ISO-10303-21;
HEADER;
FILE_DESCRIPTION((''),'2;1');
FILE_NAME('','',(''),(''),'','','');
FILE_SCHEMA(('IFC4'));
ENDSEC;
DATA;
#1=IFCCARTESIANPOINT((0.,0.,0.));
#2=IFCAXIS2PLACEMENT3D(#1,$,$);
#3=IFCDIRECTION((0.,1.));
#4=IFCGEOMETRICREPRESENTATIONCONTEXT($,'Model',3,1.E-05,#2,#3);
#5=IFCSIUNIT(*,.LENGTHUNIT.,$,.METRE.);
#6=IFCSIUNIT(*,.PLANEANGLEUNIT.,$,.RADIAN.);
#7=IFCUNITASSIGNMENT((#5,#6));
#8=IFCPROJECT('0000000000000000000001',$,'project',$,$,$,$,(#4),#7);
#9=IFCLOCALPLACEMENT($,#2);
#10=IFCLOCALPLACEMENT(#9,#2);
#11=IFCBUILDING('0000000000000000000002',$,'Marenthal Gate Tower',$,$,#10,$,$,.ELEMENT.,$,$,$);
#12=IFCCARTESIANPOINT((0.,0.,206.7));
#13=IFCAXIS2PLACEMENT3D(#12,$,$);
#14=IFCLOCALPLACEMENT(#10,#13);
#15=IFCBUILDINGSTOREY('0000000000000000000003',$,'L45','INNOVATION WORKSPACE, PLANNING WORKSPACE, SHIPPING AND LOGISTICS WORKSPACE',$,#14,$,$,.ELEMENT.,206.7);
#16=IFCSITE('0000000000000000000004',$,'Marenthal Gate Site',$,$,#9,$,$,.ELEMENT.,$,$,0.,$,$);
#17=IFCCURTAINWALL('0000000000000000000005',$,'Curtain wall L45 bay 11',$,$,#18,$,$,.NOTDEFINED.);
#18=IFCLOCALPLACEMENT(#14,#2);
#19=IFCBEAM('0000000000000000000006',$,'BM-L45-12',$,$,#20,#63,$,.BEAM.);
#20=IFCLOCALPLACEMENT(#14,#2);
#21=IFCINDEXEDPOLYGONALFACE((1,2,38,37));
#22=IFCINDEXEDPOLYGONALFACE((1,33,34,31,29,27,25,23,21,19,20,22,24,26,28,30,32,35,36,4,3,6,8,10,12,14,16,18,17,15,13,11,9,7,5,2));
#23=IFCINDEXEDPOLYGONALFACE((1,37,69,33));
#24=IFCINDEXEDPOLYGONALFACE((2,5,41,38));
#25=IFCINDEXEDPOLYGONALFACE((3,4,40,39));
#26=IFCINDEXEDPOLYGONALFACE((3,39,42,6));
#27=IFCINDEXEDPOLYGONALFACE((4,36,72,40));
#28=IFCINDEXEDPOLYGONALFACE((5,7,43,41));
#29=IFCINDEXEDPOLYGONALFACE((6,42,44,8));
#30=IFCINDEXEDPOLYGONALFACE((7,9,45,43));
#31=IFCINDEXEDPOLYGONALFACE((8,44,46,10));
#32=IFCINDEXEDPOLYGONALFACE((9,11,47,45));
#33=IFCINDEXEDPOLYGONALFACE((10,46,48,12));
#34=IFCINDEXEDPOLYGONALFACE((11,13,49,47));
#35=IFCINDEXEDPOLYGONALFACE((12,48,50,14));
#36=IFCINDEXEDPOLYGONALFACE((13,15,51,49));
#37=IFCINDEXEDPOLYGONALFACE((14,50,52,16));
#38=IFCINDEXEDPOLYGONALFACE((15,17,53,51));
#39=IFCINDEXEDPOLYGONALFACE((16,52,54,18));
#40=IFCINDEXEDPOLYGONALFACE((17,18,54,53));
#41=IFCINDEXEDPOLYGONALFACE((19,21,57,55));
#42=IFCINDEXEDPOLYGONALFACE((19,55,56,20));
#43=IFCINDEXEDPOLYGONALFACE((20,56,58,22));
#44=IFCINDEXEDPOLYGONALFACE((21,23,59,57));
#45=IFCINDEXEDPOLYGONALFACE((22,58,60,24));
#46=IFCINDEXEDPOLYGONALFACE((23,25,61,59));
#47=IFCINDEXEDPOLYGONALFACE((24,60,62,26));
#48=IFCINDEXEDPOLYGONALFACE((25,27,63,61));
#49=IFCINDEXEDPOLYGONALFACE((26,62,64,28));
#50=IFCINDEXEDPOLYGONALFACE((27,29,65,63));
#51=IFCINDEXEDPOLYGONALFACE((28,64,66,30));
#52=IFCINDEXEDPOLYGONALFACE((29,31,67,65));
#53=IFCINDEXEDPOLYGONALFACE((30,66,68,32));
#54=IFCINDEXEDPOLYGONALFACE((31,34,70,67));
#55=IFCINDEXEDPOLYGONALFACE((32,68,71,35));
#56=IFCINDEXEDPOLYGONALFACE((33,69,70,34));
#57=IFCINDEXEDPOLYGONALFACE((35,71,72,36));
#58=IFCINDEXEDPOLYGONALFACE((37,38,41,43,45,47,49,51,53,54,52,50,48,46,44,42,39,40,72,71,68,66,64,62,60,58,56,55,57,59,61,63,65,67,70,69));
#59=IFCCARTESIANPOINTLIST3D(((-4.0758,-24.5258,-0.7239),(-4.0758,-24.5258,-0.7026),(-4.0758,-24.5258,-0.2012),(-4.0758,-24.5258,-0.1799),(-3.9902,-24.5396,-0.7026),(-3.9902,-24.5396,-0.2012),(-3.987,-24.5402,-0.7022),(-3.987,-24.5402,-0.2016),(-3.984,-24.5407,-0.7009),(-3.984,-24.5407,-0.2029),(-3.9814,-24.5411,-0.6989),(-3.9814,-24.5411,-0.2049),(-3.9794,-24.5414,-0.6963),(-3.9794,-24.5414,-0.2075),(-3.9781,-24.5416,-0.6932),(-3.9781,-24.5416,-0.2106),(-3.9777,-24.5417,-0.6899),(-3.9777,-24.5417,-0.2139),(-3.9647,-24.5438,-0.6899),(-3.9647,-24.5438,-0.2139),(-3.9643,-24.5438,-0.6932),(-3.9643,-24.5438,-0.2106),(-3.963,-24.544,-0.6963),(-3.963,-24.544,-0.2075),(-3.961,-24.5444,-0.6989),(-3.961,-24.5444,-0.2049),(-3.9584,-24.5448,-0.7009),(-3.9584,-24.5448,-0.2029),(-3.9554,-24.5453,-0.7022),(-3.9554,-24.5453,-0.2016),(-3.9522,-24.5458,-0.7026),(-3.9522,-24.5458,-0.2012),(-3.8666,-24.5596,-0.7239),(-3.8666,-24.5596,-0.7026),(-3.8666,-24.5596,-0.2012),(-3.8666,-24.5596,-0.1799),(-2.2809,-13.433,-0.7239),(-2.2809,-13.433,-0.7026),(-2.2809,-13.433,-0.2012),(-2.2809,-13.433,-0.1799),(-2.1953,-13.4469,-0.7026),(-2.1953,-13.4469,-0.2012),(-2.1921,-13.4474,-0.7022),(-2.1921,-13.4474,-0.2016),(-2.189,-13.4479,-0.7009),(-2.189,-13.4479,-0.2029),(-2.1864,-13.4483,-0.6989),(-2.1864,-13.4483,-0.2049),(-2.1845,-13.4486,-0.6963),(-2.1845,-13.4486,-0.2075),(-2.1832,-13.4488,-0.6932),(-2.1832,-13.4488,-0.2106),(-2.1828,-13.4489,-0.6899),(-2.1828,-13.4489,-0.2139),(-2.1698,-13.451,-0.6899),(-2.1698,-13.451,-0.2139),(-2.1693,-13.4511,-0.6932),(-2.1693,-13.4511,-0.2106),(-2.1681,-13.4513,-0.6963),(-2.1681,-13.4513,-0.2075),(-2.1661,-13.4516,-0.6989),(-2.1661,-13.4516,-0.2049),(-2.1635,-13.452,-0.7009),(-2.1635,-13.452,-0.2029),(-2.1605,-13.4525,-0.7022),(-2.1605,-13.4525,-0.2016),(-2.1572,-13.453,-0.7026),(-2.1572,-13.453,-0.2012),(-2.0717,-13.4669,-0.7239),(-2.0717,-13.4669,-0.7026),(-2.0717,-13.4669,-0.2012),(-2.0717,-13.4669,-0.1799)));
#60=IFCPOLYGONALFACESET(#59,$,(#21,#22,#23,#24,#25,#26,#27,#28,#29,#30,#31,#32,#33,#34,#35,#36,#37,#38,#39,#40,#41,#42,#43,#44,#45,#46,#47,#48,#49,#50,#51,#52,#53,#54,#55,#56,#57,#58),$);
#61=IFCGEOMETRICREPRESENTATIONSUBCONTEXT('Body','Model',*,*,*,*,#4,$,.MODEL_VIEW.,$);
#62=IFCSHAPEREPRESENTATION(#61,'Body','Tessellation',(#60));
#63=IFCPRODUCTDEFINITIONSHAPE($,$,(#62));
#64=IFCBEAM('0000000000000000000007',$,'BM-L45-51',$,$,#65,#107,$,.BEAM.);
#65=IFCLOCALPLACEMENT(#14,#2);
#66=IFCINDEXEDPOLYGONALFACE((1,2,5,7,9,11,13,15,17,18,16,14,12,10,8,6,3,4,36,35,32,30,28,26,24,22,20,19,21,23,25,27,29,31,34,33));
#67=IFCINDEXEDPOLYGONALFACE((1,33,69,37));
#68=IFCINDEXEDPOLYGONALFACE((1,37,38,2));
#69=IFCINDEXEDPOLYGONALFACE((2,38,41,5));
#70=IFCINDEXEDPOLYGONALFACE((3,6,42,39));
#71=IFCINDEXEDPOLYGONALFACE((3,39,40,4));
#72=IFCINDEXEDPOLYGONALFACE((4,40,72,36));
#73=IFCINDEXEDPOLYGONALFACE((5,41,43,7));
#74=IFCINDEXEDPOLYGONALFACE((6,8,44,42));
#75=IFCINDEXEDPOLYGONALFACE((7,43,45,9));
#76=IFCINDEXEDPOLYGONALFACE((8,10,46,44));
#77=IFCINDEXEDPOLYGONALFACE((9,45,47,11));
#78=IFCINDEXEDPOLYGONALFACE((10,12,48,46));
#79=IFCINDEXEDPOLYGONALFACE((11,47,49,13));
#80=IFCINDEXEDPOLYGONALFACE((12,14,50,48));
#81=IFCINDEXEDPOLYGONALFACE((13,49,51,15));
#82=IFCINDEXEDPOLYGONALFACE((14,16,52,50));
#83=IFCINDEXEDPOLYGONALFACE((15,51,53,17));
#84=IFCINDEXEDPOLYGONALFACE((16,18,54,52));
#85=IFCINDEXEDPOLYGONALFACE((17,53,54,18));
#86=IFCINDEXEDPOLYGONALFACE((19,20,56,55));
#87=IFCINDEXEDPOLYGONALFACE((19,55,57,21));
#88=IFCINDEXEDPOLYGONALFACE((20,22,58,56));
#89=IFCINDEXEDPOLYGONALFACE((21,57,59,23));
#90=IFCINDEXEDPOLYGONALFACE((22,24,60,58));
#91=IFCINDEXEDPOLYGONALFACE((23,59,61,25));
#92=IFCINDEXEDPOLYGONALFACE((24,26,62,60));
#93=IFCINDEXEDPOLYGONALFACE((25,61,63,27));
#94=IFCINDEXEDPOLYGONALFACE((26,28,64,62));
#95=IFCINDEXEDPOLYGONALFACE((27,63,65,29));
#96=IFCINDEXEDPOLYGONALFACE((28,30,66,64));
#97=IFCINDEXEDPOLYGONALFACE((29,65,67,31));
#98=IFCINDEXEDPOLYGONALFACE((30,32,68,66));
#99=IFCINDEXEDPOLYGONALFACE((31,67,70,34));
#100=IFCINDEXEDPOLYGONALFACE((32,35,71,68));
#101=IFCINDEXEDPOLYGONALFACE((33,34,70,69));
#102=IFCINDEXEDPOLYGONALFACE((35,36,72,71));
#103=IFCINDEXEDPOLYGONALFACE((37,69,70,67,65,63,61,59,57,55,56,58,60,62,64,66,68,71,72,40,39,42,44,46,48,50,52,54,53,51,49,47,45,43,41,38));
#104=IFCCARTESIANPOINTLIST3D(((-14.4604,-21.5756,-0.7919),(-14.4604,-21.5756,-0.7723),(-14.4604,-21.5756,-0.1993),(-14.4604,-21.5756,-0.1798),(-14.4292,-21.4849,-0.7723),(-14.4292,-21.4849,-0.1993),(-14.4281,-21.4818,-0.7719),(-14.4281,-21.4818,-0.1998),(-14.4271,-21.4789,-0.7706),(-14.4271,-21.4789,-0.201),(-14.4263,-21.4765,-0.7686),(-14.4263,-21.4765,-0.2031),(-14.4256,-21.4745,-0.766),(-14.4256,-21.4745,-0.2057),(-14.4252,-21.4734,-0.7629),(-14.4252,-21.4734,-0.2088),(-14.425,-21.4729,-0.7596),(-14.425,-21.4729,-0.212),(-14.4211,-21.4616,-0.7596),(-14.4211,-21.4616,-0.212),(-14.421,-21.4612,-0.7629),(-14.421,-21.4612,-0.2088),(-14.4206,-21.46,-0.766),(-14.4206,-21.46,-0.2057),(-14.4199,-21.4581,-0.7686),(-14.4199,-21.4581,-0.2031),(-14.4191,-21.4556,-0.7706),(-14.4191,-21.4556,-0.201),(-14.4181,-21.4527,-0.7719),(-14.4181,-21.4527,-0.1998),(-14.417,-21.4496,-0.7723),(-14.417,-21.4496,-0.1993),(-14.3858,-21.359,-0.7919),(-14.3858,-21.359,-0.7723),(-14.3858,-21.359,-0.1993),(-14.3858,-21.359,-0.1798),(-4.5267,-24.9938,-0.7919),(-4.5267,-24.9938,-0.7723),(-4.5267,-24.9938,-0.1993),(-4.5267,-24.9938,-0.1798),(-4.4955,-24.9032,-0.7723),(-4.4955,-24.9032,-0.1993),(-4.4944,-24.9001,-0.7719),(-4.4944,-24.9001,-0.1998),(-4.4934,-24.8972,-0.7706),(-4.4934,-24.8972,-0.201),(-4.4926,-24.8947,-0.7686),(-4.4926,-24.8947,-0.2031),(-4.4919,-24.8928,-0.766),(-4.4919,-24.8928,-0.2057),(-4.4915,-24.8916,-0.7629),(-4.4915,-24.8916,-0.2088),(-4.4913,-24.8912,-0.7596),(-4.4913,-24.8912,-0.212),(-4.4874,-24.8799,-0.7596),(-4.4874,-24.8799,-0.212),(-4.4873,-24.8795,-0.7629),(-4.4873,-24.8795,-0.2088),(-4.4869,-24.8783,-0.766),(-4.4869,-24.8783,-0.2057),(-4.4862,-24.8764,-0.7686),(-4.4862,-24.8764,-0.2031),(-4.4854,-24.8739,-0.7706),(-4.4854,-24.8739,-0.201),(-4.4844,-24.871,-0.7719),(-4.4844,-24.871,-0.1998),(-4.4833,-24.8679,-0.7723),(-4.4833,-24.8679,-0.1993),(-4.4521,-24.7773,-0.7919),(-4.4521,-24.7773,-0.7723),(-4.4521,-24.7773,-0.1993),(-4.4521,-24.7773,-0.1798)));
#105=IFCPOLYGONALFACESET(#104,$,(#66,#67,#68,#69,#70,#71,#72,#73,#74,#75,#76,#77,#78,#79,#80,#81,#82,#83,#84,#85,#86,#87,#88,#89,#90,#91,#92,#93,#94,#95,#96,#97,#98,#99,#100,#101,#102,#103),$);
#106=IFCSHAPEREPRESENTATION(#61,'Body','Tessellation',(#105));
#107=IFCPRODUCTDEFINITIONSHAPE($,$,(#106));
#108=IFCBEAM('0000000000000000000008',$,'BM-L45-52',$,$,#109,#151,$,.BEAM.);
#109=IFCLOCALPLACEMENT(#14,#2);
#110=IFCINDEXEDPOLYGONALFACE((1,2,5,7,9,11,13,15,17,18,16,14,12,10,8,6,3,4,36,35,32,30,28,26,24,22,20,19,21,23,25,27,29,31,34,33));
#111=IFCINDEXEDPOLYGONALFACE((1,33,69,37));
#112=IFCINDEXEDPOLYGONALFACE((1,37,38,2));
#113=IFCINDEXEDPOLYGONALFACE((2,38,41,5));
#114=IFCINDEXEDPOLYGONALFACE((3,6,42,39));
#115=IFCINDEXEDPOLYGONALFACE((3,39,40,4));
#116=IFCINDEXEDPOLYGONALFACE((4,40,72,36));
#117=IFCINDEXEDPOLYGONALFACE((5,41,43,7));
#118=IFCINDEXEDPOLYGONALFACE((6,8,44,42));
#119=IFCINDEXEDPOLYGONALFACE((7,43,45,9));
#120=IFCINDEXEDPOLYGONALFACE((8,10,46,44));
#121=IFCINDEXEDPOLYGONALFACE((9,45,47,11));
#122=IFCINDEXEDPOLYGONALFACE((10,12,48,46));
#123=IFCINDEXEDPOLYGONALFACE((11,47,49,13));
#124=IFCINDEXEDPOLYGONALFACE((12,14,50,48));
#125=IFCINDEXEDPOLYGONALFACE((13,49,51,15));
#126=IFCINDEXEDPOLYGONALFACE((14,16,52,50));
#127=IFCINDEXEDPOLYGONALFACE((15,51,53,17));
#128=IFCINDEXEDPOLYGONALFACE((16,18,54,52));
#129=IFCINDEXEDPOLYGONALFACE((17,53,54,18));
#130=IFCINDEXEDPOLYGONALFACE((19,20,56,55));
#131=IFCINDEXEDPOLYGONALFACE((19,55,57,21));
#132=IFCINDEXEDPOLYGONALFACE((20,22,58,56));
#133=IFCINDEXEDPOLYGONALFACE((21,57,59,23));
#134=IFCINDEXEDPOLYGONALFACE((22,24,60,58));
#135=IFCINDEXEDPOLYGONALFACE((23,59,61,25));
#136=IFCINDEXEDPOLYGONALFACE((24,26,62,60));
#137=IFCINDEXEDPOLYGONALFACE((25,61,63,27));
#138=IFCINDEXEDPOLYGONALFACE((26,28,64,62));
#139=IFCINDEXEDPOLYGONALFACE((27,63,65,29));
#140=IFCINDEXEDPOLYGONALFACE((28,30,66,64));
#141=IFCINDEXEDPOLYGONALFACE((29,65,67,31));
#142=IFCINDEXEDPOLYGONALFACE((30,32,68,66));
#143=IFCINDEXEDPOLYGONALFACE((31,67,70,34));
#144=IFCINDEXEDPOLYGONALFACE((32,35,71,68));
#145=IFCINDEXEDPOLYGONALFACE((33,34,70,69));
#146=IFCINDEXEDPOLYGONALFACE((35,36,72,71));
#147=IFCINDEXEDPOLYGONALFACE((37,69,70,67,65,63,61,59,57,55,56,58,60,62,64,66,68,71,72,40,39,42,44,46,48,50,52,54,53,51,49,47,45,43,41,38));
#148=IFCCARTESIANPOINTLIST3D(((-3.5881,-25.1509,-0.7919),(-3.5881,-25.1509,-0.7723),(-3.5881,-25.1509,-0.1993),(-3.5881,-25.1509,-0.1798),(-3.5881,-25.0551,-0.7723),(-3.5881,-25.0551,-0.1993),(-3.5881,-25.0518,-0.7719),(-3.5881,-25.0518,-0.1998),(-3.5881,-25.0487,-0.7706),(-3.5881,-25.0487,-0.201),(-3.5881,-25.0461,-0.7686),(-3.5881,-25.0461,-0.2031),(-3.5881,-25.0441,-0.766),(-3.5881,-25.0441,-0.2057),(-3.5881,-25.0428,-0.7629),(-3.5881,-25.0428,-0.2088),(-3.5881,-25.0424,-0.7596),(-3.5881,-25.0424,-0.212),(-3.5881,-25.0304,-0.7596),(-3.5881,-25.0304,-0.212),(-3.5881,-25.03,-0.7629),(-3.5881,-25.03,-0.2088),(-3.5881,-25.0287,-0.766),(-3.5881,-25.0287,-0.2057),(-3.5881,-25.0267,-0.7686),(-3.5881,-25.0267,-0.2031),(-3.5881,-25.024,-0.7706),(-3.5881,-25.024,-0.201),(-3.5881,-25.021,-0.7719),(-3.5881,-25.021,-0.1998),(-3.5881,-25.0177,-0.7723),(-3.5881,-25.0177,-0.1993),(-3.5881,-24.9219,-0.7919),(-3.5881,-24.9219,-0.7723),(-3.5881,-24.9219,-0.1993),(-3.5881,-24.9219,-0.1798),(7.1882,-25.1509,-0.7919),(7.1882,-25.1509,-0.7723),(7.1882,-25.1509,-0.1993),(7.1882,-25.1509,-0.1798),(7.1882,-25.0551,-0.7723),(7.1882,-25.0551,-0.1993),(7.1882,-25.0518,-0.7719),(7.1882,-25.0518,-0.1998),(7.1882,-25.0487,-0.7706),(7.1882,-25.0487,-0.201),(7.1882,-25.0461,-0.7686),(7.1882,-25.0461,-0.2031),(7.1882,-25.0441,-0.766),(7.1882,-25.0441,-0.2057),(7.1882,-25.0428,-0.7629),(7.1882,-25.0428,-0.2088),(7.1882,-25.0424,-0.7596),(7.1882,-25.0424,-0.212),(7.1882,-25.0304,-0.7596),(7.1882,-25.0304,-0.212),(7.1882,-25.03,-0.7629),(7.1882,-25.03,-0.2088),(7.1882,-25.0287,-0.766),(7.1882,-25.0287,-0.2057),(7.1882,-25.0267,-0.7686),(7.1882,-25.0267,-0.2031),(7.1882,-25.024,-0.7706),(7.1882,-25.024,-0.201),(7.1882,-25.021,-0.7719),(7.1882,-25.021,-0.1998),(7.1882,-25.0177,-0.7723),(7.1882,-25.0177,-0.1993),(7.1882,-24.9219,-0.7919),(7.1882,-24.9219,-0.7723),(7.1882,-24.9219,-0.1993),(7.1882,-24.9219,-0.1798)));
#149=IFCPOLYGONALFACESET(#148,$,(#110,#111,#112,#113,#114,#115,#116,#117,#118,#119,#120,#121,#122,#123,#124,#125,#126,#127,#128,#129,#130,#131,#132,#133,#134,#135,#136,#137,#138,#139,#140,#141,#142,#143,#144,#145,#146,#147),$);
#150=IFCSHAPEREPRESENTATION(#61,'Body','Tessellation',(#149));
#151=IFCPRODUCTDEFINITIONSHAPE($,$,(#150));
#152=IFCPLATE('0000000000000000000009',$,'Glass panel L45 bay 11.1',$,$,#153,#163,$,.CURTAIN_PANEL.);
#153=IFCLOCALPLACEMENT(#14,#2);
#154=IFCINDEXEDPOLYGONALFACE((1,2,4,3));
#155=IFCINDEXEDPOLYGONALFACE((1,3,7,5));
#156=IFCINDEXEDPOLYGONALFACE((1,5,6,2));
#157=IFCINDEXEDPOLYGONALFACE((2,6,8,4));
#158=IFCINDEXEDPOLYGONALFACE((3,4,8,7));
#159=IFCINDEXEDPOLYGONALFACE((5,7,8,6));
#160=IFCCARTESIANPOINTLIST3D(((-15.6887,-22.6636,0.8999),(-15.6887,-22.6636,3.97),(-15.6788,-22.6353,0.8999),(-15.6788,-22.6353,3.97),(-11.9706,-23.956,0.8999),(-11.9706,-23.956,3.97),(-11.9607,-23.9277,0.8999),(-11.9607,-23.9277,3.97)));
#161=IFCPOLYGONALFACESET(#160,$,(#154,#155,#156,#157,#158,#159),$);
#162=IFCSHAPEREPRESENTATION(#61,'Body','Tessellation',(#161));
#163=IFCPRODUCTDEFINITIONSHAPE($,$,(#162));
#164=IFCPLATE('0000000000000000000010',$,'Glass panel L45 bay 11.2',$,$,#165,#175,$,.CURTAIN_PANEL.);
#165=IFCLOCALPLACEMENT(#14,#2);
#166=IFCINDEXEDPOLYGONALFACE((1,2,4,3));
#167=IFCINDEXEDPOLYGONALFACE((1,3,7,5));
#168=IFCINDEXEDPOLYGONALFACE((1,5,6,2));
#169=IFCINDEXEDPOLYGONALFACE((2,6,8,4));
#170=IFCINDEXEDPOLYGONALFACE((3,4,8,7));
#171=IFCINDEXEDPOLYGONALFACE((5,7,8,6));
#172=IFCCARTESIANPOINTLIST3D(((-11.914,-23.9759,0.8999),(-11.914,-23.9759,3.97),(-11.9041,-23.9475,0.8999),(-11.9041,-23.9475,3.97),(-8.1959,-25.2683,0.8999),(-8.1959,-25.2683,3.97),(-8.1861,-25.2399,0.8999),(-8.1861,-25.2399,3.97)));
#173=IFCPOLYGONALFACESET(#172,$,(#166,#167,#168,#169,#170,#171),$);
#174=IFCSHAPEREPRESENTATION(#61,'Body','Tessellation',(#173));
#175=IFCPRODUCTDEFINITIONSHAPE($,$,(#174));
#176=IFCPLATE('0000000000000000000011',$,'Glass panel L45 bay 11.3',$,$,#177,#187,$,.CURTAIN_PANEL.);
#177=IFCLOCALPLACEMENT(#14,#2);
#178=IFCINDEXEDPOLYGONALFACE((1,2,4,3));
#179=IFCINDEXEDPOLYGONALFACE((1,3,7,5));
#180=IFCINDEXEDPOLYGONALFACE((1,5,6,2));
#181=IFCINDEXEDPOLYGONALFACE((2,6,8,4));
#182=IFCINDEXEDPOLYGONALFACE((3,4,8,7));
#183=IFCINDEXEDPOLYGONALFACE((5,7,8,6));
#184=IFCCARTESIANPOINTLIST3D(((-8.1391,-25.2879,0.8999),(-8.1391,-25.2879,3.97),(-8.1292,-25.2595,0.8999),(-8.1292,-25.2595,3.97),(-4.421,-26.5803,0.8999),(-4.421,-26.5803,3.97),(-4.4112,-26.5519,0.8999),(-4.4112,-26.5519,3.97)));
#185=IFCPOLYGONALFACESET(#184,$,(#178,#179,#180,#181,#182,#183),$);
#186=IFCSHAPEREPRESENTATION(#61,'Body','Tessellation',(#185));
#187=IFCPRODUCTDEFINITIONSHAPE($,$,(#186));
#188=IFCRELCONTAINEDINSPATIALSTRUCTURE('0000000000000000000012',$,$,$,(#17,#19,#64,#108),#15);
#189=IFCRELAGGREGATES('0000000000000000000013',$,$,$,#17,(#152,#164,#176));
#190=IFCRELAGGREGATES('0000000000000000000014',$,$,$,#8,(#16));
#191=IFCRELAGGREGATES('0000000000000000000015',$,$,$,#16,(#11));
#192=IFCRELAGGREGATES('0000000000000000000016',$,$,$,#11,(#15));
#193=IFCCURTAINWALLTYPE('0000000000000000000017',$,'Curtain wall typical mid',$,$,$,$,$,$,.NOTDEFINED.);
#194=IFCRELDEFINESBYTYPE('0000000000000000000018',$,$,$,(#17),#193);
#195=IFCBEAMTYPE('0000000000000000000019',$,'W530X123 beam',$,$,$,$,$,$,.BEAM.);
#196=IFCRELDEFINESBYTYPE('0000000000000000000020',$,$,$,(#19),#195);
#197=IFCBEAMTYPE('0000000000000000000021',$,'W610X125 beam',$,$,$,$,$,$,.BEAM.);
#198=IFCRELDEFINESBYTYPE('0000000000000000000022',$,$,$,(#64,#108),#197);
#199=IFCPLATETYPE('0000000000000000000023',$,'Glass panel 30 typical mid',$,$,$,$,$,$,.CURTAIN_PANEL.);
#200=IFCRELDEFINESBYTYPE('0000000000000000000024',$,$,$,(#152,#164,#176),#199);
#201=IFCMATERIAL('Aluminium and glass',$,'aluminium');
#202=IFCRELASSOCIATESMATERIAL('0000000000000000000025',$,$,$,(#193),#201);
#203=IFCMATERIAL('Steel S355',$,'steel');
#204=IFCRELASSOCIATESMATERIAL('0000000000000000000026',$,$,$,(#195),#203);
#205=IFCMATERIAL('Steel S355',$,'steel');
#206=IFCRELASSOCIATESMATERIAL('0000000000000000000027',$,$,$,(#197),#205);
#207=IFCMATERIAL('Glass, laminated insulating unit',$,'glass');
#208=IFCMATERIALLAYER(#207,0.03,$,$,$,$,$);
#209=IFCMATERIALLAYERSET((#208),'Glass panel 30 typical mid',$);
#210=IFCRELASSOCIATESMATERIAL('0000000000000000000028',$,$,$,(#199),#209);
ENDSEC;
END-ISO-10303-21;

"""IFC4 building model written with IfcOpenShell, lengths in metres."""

from ifc_helpers import new_model, si_unit, direction, frame, origin, origin_2d, place, context, subcontext, project, spatial, rectangle, i_section, extrude, material, layer, layer_set, material_profile, profile_set, type_object, element, aggregate, save


model = new_model("IFC4")

# Units and contexts
model_context = context("Model", 3, precision=1e-05, world=origin(), true_north=direction((0.0, 1.0)))
body_context = subcontext(model_context, "Body", "Model", "MODEL_VIEW")
ifc_project = project(units=[si_unit("LENGTHUNIT", "METRE"), si_unit("PLANEANGLEUNIT", "RADIAN")], contexts=[model_context])

# Site, building, storey
site_placement = place(None, origin())
site = spatial("IfcSite", under=ifc_project, at=site_placement, Name="Marenthal Gate Site", CompositionType="ELEMENT", RefElevation=0.0)
building_placement = place(site_placement, origin())
building = spatial("IfcBuilding", under=site, at=building_placement, Name="Marenthal Gate Tower", CompositionType="ELEMENT")
storey_placement = place(building_placement, frame((0.0, 0.0, 206.7)))
storey = spatial("IfcBuildingStorey", under=building, at=storey_placement, Name="L45", Description="INNOVATION WORKSPACE, PLANNING WORKSPACE, SHIPPING AND LOGISTICS WORKSPACE", CompositionType="ELEMENT", Elevation=206.7)

# Curtain wall
ifc_material_1 = material(Name="Aluminium and glass", Category="aluminium")
curtain_wall_type = type_object("IfcCurtainWallType", Name="Curtain wall typical mid", PredefinedType="NOTDEFINED", material=ifc_material_1)
curtain_wall_placement = place(storey_placement, origin())
curtain_wall = element("IfcCurtainWall", 1, at=curtain_wall_placement, inside=storey, type_object=curtain_wall_type, Name="Curtain wall L45 bay 11", PredefinedType="NOTDEFINED")

# Beams
ifc_material_2 = material(Name="Steel S355", Category="steel")
ifc_material_profile_1 = material_profile(ifc_material_2, i_section(OverallWidth=0.2119, OverallDepth=0.5439, WebThickness=0.0132, FlangeThickness=0.0212, FilletRadius=0.0127, at=origin_2d()), Name="W530X123")
ifc_profile_set_1 = profile_set([ifc_material_profile_1], Name="Steel S355")
beam_type_1 = type_object("IfcBeamType", Name="W530X123 beam", PredefinedType="BEAM", material=ifc_profile_set_1)
beam_1_placement = place(storey_placement, frame((-3.9712, -24.5427, -0.4519), z_axis=(0.159732, 0.98716, 0.0), x_axis=(-0.98716, 0.159732, 0.0)))
element("IfcBeam", 2, at=beam_1_placement, inside=storey, type_object=beam_type_1, Name="BM-L45-12", PredefinedType="BEAM", context=body_context, shape_type="SweptSolid", body=[
    extrude(i_section(OverallWidth=0.2119, OverallDepth=0.5439, WebThickness=0.0132, FlangeThickness=0.0212, FilletRadius=0.0127, at=origin_2d()), origin(), (0.0, 0.0, 1.0), 11.2371),
])
ifc_material_3 = material(Name="Steel S355", Category="steel")
ifc_material_profile_2 = material_profile(ifc_material_3, i_section(OverallWidth=0.229, OverallDepth=0.6121, WebThickness=0.012, FlangeThickness=0.0195, FilletRadius=0.0127, at=origin_2d()), Name="W610X125")
ifc_profile_set_2 = profile_set([ifc_material_profile_2], Name="Steel S355")
beam_type_2 = type_object("IfcBeamType", Name="W610X125 beam", PredefinedType="BEAM", material=ifc_profile_set_2)
beam_2_placement = place(storey_placement, frame((-14.4231, -21.4673, -0.4858), z_axis=(0.945583, -0.325381, 0.0), x_axis=(0.325381, 0.945583, 0.0)))
element("IfcBeam", 3, at=beam_2_placement, inside=storey, type_object=beam_type_2, Name="BM-L45-51", PredefinedType="BEAM", context=body_context, shape_type="SweptSolid", body=[
    extrude(i_section(OverallWidth=0.229, OverallDepth=0.6121, WebThickness=0.012, FlangeThickness=0.0195, FilletRadius=0.0127, at=origin_2d()), origin(), (0.0, 0.0, 1.0), 10.5054),
])
beam_3_placement = place(storey_placement, frame((-3.5881, -25.0364, -0.4858), z_axis=(1.0, 0.0, 0.0), x_axis=(0.0, 1.0, 0.0)))
element("IfcBeam", 4, at=beam_3_placement, inside=storey, type_object=beam_type_2, Name="BM-L45-52", PredefinedType="BEAM", context=body_context, shape_type="SweptSolid", body=[
    extrude(i_section(OverallWidth=0.229, OverallDepth=0.6121, WebThickness=0.012, FlangeThickness=0.0195, FilletRadius=0.0127, at=origin_2d()), origin(), (0.0, 0.0, 1.0), 10.7764),
])

# Plates
ifc_material_4 = material(Name="Glass, laminated insulating unit", Category="glass")
ifc_layer_1 = layer(ifc_material_4, 0.03)
ifc_layer_set_1 = layer_set([ifc_layer_1], Name="Glass panel 30 typical mid")
plate_type = type_object("IfcPlateType", Name="Glass panel 30 typical mid", PredefinedType="CURTAIN_PANEL", material=ifc_layer_set_1)
plate_1_placement = place(storey_placement, frame((-13.8247, -23.2957, 0.8999), z_axis=(0.0, 0.0, 1.0), x_axis=(0.944562, -0.328332, 0.0)))
plate_1 = element("IfcPlate", 5, at=plate_1_placement, type_object=plate_type, Name="Glass panel L45 bay 11.1", PredefinedType="CURTAIN_PANEL", context=body_context, shape_type="SweptSolid", body=[
    extrude(rectangle(XDim=3.9363, YDim=0.03, at=origin_2d()), origin(), (0.0, 0.0, 1.0), 3.0701),
])
plate_2_placement = place(storey_placement, frame((-10.05, -24.6079, 0.8999), z_axis=(0.0, 0.0, 1.0), x_axis=(0.944562, -0.328332, 0.0)))
plate_2 = element("IfcPlate", 6, at=plate_2_placement, type_object=plate_type, Name="Glass panel L45 bay 11.2", PredefinedType="CURTAIN_PANEL", context=body_context, shape_type="SweptSolid", body=[
    extrude(rectangle(XDim=3.9363, YDim=0.03, at=origin_2d()), origin(), (0.0, 0.0, 1.0), 3.0701),
])
plate_3_placement = place(storey_placement, frame((-6.2751, -25.9199, 0.8999), z_axis=(0.0, 0.0, 1.0), x_axis=(0.944562, -0.328332, 0.0)))
plate_3 = element("IfcPlate", 7, at=plate_3_placement, type_object=plate_type, Name="Glass panel L45 bay 11.3", PredefinedType="CURTAIN_PANEL", context=body_context, shape_type="SweptSolid", body=[
    extrude(rectangle(XDim=3.9363, YDim=0.03, at=origin_2d()), origin(), (0.0, 0.0, 1.0), 3.0701),
])
aggregate(curtain_wall, [plate_1, plate_2, plate_3])

save(model, "model.ifc")
